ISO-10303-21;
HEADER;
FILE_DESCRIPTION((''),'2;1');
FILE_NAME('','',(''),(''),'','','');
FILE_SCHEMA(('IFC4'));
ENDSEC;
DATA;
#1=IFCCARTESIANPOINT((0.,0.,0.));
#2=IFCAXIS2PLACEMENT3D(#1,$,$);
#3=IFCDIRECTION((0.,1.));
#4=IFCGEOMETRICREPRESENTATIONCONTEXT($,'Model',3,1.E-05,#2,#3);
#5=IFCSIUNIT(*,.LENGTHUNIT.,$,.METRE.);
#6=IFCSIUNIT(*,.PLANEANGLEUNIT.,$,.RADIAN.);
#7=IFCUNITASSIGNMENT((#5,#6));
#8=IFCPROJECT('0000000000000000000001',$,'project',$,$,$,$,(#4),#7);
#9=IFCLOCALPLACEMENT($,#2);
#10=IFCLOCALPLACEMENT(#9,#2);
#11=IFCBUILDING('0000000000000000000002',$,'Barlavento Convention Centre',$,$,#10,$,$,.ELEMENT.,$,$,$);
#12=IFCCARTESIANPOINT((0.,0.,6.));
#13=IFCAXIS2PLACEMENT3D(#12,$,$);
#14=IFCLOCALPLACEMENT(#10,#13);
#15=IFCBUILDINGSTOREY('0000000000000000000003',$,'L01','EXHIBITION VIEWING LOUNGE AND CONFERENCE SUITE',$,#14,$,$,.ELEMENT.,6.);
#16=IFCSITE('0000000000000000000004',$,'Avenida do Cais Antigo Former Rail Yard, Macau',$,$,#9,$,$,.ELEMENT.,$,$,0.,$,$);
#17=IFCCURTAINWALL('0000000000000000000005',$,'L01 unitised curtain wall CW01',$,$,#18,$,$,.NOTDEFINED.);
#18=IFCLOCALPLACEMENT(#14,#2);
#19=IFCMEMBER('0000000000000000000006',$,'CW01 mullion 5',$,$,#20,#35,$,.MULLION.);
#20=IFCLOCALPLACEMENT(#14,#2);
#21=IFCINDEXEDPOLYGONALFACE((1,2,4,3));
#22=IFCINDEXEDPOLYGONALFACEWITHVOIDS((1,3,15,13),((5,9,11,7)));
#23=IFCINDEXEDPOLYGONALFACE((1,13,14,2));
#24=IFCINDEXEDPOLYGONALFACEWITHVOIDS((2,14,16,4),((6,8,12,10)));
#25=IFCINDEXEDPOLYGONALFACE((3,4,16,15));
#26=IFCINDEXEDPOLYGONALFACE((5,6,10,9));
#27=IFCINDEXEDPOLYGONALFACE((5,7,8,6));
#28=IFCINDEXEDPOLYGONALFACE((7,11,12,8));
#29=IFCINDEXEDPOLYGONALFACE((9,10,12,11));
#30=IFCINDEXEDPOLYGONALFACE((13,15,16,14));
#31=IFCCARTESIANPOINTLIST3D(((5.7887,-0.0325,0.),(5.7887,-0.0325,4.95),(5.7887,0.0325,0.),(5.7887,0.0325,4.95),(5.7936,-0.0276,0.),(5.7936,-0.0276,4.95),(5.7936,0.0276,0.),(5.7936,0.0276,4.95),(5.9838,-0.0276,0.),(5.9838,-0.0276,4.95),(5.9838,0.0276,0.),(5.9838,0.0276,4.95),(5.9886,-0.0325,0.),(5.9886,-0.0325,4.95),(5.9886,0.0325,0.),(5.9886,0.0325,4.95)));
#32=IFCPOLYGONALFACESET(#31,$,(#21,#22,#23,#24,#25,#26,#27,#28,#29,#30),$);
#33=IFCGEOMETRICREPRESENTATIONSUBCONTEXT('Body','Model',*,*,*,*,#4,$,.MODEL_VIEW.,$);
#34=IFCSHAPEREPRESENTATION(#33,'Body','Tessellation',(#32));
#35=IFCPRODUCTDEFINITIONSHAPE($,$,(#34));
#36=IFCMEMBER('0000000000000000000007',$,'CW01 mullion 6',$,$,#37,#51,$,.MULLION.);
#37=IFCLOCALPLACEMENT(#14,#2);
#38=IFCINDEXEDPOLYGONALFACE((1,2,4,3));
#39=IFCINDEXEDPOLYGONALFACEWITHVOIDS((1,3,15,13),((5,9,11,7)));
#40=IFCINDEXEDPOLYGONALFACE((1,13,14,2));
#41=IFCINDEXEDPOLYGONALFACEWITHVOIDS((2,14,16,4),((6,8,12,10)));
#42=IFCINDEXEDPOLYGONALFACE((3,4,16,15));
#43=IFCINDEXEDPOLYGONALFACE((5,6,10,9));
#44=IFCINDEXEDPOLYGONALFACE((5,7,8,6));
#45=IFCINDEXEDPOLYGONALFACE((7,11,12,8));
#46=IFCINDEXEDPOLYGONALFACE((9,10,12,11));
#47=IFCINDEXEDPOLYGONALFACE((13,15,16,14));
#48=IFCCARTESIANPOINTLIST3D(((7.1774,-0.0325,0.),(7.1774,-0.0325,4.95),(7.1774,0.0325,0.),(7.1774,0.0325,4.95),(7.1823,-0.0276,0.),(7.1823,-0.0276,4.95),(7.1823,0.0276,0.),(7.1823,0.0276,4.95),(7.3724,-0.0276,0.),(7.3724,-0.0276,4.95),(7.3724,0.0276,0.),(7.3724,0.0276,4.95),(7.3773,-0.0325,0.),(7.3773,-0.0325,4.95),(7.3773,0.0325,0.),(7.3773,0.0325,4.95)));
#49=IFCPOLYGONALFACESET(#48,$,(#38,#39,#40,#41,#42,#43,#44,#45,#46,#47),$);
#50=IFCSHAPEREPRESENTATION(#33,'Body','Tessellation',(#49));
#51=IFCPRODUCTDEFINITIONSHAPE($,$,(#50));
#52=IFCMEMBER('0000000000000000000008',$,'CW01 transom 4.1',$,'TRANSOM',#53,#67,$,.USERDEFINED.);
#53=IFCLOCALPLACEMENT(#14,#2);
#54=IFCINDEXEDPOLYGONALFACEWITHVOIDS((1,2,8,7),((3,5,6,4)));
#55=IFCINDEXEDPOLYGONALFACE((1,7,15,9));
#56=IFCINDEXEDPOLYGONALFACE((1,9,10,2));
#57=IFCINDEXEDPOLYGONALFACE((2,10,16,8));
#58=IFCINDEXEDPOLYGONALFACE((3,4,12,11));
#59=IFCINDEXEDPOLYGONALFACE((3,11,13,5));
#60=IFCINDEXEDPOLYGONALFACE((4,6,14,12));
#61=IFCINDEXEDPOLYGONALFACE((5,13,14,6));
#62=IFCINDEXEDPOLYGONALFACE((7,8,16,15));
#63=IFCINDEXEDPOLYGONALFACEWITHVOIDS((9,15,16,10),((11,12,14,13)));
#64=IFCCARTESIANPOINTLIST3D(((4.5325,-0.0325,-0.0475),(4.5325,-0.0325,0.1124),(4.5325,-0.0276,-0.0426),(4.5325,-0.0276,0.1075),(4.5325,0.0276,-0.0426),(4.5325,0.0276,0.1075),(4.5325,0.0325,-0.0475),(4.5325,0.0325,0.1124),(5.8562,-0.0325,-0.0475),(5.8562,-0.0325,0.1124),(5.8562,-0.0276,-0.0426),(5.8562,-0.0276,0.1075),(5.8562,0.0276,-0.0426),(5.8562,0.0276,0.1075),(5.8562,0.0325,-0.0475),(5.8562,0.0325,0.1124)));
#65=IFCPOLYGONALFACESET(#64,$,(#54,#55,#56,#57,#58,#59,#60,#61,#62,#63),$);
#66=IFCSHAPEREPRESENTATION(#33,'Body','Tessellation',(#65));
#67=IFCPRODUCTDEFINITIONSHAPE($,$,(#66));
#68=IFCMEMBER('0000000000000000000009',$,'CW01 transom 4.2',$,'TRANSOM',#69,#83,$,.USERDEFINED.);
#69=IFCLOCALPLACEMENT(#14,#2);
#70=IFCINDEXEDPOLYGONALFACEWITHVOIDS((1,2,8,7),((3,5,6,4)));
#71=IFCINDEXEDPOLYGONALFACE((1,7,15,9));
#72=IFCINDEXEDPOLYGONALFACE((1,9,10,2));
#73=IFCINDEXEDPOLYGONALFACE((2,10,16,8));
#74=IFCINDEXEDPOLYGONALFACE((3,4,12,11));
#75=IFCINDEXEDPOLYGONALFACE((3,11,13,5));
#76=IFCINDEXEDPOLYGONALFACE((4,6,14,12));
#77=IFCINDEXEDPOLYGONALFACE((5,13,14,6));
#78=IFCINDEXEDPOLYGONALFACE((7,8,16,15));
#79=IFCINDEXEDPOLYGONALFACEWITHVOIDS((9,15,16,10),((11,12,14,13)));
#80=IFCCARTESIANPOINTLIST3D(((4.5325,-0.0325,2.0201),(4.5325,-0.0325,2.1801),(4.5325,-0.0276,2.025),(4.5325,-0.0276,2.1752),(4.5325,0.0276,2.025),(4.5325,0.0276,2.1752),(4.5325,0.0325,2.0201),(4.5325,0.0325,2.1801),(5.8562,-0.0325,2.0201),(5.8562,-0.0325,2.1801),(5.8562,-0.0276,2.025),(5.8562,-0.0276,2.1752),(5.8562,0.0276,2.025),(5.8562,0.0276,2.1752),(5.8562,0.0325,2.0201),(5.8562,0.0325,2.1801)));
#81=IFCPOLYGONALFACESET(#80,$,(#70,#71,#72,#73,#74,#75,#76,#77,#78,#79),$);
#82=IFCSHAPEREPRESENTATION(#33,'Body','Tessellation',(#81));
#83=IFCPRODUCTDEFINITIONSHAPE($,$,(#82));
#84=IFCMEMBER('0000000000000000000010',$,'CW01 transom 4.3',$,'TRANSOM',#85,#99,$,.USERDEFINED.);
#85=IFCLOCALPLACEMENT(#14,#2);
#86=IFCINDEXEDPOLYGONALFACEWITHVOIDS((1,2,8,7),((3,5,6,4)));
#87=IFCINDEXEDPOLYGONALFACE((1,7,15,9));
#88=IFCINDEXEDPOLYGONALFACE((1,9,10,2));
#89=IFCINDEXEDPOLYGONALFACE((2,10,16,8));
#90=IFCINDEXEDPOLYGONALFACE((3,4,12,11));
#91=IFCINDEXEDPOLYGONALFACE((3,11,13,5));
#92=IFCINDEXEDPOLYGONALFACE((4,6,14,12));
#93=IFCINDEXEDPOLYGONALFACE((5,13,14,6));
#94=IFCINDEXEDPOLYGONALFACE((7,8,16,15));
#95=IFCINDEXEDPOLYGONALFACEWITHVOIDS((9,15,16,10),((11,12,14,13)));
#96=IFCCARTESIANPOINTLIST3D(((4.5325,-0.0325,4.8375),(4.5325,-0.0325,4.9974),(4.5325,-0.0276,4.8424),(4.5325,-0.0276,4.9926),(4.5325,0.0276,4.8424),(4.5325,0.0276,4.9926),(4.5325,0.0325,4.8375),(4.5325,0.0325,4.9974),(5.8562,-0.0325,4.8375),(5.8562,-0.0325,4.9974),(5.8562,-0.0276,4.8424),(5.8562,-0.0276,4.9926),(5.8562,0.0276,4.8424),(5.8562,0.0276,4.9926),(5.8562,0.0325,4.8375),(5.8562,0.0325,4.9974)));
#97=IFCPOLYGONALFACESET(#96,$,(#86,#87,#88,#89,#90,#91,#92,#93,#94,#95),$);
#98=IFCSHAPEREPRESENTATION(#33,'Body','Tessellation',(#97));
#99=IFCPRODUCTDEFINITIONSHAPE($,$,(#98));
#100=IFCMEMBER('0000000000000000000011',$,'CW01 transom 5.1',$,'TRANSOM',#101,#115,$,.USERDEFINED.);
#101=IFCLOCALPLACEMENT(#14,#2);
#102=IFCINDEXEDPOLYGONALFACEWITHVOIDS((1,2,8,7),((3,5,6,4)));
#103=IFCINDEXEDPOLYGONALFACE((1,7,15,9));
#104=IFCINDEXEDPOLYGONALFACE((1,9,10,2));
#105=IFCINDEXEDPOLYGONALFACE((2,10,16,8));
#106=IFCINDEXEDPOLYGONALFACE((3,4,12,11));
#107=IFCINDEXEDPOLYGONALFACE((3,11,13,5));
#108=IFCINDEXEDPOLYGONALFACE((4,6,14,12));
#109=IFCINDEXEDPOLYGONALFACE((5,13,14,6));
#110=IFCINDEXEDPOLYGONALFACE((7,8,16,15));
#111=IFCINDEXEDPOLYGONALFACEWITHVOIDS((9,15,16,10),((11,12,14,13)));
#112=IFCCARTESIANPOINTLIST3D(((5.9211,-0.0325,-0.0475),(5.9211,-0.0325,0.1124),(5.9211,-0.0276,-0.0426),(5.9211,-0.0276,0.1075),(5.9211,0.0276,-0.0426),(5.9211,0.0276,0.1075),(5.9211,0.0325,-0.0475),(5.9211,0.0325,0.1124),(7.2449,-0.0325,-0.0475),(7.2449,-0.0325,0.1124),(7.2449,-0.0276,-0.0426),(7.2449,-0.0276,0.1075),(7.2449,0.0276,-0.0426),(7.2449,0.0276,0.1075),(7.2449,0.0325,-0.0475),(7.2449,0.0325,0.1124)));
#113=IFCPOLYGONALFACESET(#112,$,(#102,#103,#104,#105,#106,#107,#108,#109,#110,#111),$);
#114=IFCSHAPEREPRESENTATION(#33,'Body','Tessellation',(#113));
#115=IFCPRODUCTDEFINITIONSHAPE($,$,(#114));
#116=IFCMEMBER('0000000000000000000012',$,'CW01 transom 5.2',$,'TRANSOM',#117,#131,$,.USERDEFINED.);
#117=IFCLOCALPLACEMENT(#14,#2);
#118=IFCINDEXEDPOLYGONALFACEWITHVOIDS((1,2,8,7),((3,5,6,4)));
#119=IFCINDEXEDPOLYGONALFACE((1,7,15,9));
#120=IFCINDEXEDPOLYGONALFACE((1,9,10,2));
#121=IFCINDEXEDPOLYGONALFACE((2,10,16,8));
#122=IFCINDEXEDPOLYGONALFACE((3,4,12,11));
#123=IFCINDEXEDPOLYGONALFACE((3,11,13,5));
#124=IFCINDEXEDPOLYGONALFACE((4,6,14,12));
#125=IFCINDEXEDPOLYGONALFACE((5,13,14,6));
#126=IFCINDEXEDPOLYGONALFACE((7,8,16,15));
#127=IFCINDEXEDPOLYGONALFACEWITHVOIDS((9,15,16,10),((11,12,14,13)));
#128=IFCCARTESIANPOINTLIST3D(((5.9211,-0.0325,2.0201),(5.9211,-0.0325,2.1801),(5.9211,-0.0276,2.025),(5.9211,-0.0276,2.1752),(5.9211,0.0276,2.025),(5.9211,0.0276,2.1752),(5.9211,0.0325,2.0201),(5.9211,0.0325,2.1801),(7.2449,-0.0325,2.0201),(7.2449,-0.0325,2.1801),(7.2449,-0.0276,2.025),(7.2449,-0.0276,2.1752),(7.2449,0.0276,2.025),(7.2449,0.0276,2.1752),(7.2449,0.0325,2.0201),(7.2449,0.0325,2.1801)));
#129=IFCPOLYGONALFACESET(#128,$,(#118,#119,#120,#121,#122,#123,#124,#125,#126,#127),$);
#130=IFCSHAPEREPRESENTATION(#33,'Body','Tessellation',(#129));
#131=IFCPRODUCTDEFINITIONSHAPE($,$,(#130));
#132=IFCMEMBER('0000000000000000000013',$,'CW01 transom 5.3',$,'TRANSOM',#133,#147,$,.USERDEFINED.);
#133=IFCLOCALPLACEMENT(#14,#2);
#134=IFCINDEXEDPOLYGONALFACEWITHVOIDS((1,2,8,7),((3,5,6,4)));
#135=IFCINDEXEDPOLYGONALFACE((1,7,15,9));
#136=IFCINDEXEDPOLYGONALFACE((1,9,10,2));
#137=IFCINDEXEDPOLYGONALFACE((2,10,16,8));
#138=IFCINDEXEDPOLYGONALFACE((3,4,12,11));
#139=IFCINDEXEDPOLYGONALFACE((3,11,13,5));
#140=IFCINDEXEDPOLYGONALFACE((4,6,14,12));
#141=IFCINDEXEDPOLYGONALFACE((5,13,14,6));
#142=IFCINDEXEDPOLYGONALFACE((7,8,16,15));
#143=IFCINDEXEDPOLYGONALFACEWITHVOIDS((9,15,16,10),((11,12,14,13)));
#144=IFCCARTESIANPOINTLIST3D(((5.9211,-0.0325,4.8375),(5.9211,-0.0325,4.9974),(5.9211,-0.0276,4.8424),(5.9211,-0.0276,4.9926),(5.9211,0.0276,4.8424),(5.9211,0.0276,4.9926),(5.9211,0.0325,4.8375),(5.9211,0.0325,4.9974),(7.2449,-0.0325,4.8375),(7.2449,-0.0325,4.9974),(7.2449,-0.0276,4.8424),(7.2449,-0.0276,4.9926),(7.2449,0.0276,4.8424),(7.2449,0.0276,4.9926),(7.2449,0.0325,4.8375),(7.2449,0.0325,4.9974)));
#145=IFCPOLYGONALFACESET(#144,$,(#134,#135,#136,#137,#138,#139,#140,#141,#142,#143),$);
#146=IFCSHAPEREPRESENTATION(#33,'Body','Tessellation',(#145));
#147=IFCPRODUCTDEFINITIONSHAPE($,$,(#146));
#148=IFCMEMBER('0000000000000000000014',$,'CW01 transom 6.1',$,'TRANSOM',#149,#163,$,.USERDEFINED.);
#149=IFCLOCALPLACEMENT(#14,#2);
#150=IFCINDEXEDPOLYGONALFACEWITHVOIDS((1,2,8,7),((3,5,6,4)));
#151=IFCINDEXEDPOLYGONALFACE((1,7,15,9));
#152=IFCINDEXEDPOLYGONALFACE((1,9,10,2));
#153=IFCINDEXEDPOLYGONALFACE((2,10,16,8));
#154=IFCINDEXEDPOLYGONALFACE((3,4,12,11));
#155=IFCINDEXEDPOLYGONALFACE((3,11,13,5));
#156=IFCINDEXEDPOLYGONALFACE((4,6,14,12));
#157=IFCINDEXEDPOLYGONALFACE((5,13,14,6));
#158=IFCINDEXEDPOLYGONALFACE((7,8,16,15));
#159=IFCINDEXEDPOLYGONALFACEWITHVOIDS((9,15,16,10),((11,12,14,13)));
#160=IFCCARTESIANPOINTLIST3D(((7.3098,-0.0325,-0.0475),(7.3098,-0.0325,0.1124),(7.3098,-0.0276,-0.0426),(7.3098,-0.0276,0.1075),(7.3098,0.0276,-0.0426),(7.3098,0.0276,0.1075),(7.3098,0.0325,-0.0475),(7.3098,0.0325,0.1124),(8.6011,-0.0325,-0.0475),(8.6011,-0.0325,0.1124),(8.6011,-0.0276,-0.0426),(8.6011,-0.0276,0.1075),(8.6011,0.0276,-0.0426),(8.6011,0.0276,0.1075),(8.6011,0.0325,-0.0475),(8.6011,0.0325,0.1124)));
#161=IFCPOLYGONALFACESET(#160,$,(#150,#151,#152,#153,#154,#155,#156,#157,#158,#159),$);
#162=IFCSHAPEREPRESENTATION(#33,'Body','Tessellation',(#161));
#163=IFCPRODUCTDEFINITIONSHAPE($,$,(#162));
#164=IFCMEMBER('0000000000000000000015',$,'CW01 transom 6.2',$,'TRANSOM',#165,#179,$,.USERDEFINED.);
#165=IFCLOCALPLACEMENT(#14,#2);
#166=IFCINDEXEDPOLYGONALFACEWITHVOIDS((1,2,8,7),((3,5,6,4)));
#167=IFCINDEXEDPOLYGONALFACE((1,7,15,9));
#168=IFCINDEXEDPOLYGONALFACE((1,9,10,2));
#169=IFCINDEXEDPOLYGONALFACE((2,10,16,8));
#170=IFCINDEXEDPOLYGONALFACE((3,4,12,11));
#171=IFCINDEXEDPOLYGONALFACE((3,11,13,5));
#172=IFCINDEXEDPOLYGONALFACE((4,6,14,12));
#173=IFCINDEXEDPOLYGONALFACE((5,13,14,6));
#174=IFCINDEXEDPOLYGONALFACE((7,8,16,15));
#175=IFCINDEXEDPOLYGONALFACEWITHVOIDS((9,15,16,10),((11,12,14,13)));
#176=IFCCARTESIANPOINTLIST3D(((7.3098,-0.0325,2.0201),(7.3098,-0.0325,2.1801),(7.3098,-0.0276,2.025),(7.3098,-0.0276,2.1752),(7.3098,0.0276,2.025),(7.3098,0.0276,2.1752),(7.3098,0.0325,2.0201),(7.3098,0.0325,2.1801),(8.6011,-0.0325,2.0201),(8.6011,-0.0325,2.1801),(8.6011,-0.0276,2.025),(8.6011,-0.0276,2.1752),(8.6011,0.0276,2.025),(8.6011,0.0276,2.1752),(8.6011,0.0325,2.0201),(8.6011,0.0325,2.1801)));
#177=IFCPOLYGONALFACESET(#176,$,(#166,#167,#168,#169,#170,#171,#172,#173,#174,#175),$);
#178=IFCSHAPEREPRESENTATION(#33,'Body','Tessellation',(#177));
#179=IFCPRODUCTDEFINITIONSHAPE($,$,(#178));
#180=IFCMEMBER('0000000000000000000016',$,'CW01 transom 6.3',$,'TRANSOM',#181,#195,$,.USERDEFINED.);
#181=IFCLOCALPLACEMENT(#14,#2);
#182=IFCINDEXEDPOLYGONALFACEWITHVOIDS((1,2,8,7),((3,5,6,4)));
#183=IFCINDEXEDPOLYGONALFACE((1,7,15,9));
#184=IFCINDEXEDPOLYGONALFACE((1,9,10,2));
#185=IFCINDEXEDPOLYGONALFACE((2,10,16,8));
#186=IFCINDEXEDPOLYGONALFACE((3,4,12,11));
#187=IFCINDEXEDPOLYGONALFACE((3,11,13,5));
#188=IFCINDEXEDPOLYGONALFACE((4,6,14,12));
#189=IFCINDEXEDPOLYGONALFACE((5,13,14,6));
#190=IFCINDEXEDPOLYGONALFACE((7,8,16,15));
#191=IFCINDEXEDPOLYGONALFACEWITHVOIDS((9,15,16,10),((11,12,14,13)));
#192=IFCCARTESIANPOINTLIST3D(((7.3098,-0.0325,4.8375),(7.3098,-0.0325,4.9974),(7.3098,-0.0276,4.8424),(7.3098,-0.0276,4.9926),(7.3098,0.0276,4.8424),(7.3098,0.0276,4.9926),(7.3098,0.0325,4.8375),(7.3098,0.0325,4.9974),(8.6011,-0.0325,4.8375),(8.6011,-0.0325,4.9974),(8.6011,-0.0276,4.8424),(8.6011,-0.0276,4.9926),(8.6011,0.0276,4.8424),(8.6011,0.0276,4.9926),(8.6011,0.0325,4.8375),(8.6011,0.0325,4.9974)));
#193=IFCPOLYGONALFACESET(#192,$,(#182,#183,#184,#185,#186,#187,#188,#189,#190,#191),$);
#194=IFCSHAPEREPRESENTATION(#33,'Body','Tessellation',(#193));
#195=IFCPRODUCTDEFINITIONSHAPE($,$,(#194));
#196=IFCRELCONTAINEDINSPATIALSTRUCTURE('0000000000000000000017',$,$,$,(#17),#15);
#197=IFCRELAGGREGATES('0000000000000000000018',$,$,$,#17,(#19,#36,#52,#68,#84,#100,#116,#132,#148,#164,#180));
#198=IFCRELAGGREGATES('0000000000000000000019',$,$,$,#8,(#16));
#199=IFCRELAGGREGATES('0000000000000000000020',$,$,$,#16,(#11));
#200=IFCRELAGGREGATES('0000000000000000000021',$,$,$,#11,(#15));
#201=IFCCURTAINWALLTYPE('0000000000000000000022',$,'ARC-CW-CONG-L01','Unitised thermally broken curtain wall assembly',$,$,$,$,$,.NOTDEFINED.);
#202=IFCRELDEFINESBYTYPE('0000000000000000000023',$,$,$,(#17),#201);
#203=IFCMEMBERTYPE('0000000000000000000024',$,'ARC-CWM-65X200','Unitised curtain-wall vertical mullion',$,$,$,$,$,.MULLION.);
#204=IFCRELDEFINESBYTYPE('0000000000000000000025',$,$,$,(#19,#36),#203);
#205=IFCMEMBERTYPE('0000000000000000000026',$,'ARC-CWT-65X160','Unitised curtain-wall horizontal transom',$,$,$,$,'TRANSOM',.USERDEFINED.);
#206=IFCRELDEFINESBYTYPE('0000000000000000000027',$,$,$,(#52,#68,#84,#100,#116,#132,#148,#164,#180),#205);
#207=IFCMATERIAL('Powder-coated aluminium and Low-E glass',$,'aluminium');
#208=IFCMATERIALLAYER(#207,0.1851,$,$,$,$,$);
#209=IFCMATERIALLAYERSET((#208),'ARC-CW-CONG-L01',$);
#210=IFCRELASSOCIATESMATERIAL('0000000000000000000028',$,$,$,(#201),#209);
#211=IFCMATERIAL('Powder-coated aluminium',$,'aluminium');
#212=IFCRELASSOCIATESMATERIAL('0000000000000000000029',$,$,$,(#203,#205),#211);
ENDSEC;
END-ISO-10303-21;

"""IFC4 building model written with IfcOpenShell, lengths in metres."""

from ifc_helpers import new_model, si_unit, direction, frame, origin, origin_2d, place, context, subcontext, project, spatial, hollow_rectangle, extrude, material, layer, layer_set, material_profile, profile_set, type_object, element, aggregate, save


model = new_model("IFC4")

# Units and contexts
model_context = context("Model", 3, precision=1e-05, world=origin(), true_north=direction((0.0, 1.0)))
body_context = subcontext(model_context, "Body", "Model", "MODEL_VIEW")
ifc_project = project(units=[si_unit("LENGTHUNIT", "METRE"), si_unit("PLANEANGLEUNIT", "RADIAN")], contexts=[model_context])

# Site, building, storey
site_placement = place(None, origin())
site = spatial("IfcSite", under=ifc_project, at=site_placement, Name="Avenida do Cais Antigo Former Rail Yard, Macau", CompositionType="ELEMENT", RefElevation=0.0)
building_placement = place(site_placement, origin())
building = spatial("IfcBuilding", under=site, at=building_placement, Name="Barlavento Convention Centre", CompositionType="ELEMENT")
storey_placement = place(building_placement, frame((0.0, 0.0, 6.0)))
storey = spatial("IfcBuildingStorey", under=building, at=storey_placement, Name="L01", Description="EXHIBITION VIEWING LOUNGE AND CONFERENCE SUITE", CompositionType="ELEMENT", Elevation=6.0)

# Curtain wall, members
ifc_material_1 = material(Name="Powder-coated aluminium and Low-E glass", Category="aluminium")
ifc_layer_1 = layer(ifc_material_1, 0.1851)
ifc_layer_set_1 = layer_set([ifc_layer_1], Name="ARC-CW-CONG-L01")
curtain_wall_type = type_object("IfcCurtainWallType", Name="ARC-CW-CONG-L01", Description="Unitised thermally broken curtain wall assembly", PredefinedType="NOTDEFINED", material=ifc_layer_set_1)
curtain_wall_placement = place(storey_placement, origin())
curtain_wall = element("IfcCurtainWall", 1, at=curtain_wall_placement, inside=storey, type_object=curtain_wall_type, Name="L01 unitised curtain wall CW01", PredefinedType="NOTDEFINED")
ifc_material_2 = material(Name="Powder-coated aluminium", Category="aluminium")
ifc_material_profile_1 = material_profile(ifc_material_2, hollow_rectangle(XDim=0.0649, YDim=0.2, WallThickness=0.0049, at=origin_2d()), Name="AL-MULL 65x200x5")
ifc_profile_set_1 = profile_set([ifc_material_profile_1], Name="Powder-coated aluminium")
member_type_1 = type_object("IfcMemberType", Name="ARC-CWM-65X200", Description="Unitised curtain-wall vertical mullion", PredefinedType="MULLION", material=ifc_profile_set_1)
member_1_placement = place(storey_placement, frame((5.8887, 0.0, 0.0), z_axis=(0.0, 0.0, 1.0), x_axis=(0.0, 1.0, 0.0)))
member_1 = element("IfcMember", 2, at=member_1_placement, type_object=member_type_1, Name="CW01 mullion 5", PredefinedType="MULLION", context=body_context, shape_type="SweptSolid", body=[
    extrude(hollow_rectangle(XDim=0.0649, YDim=0.2, WallThickness=0.0049, at=origin_2d()), origin(), (0.0, 0.0, 1.0), 4.95),
])
member_2_placement = place(storey_placement, frame((7.2773, 0.0, 0.0), z_axis=(0.0, 0.0, 1.0), x_axis=(0.0, 1.0, 0.0)))
member_2 = element("IfcMember", 3, at=member_2_placement, type_object=member_type_1, Name="CW01 mullion 6", PredefinedType="MULLION", context=body_context, shape_type="SweptSolid", body=[
    extrude(hollow_rectangle(XDim=0.0649, YDim=0.2, WallThickness=0.0049, at=origin_2d()), origin(), (0.0, 0.0, 1.0), 4.95),
])
ifc_material_profile_2 = material_profile(ifc_material_2, hollow_rectangle(XDim=0.0649, YDim=0.1599, WallThickness=0.0049, at=origin_2d()), Name="AL-TRAN 65x160x5")
ifc_profile_set_2 = profile_set([ifc_material_profile_2], Name="Powder-coated aluminium")
member_type_2 = type_object("IfcMemberType", Name="ARC-CWT-65X160", Description="Unitised curtain-wall horizontal transom", ElementType="TRANSOM", PredefinedType="USERDEFINED", material=ifc_profile_set_2)
member_3_placement = place(storey_placement, frame((4.5325, 0.0, 0.0325), z_axis=(1.0, 0.0, 0.0), x_axis=(0.0, 1.0, 0.0)))
member_3 = element("IfcMember", 4, at=member_3_placement, type_object=member_type_2, Name="CW01 transom 4.1", ObjectType="TRANSOM", PredefinedType="USERDEFINED", context=body_context, shape_type="SweptSolid", body=[
    extrude(hollow_rectangle(XDim=0.0649, YDim=0.1599, WallThickness=0.0049, at=origin_2d()), origin(), (0.0, 0.0, 1.0), 1.3237),
])
member_4_placement = place(storey_placement, frame((4.5325, 0.0, 2.1001), z_axis=(1.0, 0.0, 0.0), x_axis=(0.0, 1.0, 0.0)))
member_4 = element("IfcMember", 5, at=member_4_placement, type_object=member_type_2, Name="CW01 transom 4.2", ObjectType="TRANSOM", PredefinedType="USERDEFINED", context=body_context, shape_type="SweptSolid", body=[
    extrude(hollow_rectangle(XDim=0.0649, YDim=0.1599, WallThickness=0.0049, at=origin_2d()), origin(), (0.0, 0.0, 1.0), 1.3237),
])
member_5_placement = place(storey_placement, frame((4.5325, 0.0, 4.9175), z_axis=(1.0, 0.0, 0.0), x_axis=(0.0, 1.0, 0.0)))
member_5 = element("IfcMember", 6, at=member_5_placement, type_object=member_type_2, Name="CW01 transom 4.3", ObjectType="TRANSOM", PredefinedType="USERDEFINED", context=body_context, shape_type="SweptSolid", body=[
    extrude(hollow_rectangle(XDim=0.0649, YDim=0.1599, WallThickness=0.0049, at=origin_2d()), origin(), (0.0, 0.0, 1.0), 1.3237),
])
member_6_placement = place(storey_placement, frame((5.9211, 0.0, 0.0325), z_axis=(1.0, 0.0, 0.0), x_axis=(0.0, 1.0, 0.0)))
member_6 = element("IfcMember", 7, at=member_6_placement, type_object=member_type_2, Name="CW01 transom 5.1", ObjectType="TRANSOM", PredefinedType="USERDEFINED", context=body_context, shape_type="SweptSolid", body=[
    extrude(hollow_rectangle(XDim=0.0649, YDim=0.1599, WallThickness=0.0049, at=origin_2d()), origin(), (0.0, 0.0, 1.0), 1.3237),
])
member_7_placement = place(storey_placement, frame((5.9211, 0.0, 2.1001), z_axis=(1.0, 0.0, 0.0), x_axis=(0.0, 1.0, 0.0)))
member_7 = element("IfcMember", 8, at=member_7_placement, type_object=member_type_2, Name="CW01 transom 5.2", ObjectType="TRANSOM", PredefinedType="USERDEFINED", context=body_context, shape_type="SweptSolid", body=[
    extrude(hollow_rectangle(XDim=0.0649, YDim=0.1599, WallThickness=0.0049, at=origin_2d()), origin(), (0.0, 0.0, 1.0), 1.3237),
])
member_8_placement = place(storey_placement, frame((5.9211, 0.0, 4.9175), z_axis=(1.0, 0.0, 0.0), x_axis=(0.0, 1.0, 0.0)))
member_8 = element("IfcMember", 9, at=member_8_placement, type_object=member_type_2, Name="CW01 transom 5.3", ObjectType="TRANSOM", PredefinedType="USERDEFINED", context=body_context, shape_type="SweptSolid", body=[
    extrude(hollow_rectangle(XDim=0.0649, YDim=0.1599, WallThickness=0.0049, at=origin_2d()), origin(), (0.0, 0.0, 1.0), 1.3237),
])
member_9_placement = place(storey_placement, frame((7.3098, 0.0, 0.0325), z_axis=(1.0, 0.0, 0.0), x_axis=(0.0, 1.0, 0.0)))
member_9 = element("IfcMember", 10, at=member_9_placement, type_object=member_type_2, Name="CW01 transom 6.1", ObjectType="TRANSOM", PredefinedType="USERDEFINED", context=body_context, shape_type="SweptSolid", body=[
    extrude(hollow_rectangle(XDim=0.0649, YDim=0.1599, WallThickness=0.0049, at=origin_2d()), origin(), (0.0, 0.0, 1.0), 1.2913),
])
member_10_placement = place(storey_placement, frame((7.3098, 0.0, 2.1001), z_axis=(1.0, 0.0, 0.0), x_axis=(0.0, 1.0, 0.0)))
member_10 = element("IfcMember", 11, at=member_10_placement, type_object=member_type_2, Name="CW01 transom 6.2", ObjectType="TRANSOM", PredefinedType="USERDEFINED", context=body_context, shape_type="SweptSolid", body=[
    extrude(hollow_rectangle(XDim=0.0649, YDim=0.1599, WallThickness=0.0049, at=origin_2d()), origin(), (0.0, 0.0, 1.0), 1.2913),
])
member_11_placement = place(storey_placement, frame((7.3098, 0.0, 4.9175), z_axis=(1.0, 0.0, 0.0), x_axis=(0.0, 1.0, 0.0)))
member_11 = element("IfcMember", 12, at=member_11_placement, type_object=member_type_2, Name="CW01 transom 6.3", ObjectType="TRANSOM", PredefinedType="USERDEFINED", context=body_context, shape_type="SweptSolid", body=[
    extrude(hollow_rectangle(XDim=0.0649, YDim=0.1599, WallThickness=0.0049, at=origin_2d()), origin(), (0.0, 0.0, 1.0), 1.2913),
])
aggregate(curtain_wall, [member_1, member_2, member_3, member_4, member_5, member_6, member_7, member_8, member_9, member_10, member_11])

save(model, "model.ifc")
